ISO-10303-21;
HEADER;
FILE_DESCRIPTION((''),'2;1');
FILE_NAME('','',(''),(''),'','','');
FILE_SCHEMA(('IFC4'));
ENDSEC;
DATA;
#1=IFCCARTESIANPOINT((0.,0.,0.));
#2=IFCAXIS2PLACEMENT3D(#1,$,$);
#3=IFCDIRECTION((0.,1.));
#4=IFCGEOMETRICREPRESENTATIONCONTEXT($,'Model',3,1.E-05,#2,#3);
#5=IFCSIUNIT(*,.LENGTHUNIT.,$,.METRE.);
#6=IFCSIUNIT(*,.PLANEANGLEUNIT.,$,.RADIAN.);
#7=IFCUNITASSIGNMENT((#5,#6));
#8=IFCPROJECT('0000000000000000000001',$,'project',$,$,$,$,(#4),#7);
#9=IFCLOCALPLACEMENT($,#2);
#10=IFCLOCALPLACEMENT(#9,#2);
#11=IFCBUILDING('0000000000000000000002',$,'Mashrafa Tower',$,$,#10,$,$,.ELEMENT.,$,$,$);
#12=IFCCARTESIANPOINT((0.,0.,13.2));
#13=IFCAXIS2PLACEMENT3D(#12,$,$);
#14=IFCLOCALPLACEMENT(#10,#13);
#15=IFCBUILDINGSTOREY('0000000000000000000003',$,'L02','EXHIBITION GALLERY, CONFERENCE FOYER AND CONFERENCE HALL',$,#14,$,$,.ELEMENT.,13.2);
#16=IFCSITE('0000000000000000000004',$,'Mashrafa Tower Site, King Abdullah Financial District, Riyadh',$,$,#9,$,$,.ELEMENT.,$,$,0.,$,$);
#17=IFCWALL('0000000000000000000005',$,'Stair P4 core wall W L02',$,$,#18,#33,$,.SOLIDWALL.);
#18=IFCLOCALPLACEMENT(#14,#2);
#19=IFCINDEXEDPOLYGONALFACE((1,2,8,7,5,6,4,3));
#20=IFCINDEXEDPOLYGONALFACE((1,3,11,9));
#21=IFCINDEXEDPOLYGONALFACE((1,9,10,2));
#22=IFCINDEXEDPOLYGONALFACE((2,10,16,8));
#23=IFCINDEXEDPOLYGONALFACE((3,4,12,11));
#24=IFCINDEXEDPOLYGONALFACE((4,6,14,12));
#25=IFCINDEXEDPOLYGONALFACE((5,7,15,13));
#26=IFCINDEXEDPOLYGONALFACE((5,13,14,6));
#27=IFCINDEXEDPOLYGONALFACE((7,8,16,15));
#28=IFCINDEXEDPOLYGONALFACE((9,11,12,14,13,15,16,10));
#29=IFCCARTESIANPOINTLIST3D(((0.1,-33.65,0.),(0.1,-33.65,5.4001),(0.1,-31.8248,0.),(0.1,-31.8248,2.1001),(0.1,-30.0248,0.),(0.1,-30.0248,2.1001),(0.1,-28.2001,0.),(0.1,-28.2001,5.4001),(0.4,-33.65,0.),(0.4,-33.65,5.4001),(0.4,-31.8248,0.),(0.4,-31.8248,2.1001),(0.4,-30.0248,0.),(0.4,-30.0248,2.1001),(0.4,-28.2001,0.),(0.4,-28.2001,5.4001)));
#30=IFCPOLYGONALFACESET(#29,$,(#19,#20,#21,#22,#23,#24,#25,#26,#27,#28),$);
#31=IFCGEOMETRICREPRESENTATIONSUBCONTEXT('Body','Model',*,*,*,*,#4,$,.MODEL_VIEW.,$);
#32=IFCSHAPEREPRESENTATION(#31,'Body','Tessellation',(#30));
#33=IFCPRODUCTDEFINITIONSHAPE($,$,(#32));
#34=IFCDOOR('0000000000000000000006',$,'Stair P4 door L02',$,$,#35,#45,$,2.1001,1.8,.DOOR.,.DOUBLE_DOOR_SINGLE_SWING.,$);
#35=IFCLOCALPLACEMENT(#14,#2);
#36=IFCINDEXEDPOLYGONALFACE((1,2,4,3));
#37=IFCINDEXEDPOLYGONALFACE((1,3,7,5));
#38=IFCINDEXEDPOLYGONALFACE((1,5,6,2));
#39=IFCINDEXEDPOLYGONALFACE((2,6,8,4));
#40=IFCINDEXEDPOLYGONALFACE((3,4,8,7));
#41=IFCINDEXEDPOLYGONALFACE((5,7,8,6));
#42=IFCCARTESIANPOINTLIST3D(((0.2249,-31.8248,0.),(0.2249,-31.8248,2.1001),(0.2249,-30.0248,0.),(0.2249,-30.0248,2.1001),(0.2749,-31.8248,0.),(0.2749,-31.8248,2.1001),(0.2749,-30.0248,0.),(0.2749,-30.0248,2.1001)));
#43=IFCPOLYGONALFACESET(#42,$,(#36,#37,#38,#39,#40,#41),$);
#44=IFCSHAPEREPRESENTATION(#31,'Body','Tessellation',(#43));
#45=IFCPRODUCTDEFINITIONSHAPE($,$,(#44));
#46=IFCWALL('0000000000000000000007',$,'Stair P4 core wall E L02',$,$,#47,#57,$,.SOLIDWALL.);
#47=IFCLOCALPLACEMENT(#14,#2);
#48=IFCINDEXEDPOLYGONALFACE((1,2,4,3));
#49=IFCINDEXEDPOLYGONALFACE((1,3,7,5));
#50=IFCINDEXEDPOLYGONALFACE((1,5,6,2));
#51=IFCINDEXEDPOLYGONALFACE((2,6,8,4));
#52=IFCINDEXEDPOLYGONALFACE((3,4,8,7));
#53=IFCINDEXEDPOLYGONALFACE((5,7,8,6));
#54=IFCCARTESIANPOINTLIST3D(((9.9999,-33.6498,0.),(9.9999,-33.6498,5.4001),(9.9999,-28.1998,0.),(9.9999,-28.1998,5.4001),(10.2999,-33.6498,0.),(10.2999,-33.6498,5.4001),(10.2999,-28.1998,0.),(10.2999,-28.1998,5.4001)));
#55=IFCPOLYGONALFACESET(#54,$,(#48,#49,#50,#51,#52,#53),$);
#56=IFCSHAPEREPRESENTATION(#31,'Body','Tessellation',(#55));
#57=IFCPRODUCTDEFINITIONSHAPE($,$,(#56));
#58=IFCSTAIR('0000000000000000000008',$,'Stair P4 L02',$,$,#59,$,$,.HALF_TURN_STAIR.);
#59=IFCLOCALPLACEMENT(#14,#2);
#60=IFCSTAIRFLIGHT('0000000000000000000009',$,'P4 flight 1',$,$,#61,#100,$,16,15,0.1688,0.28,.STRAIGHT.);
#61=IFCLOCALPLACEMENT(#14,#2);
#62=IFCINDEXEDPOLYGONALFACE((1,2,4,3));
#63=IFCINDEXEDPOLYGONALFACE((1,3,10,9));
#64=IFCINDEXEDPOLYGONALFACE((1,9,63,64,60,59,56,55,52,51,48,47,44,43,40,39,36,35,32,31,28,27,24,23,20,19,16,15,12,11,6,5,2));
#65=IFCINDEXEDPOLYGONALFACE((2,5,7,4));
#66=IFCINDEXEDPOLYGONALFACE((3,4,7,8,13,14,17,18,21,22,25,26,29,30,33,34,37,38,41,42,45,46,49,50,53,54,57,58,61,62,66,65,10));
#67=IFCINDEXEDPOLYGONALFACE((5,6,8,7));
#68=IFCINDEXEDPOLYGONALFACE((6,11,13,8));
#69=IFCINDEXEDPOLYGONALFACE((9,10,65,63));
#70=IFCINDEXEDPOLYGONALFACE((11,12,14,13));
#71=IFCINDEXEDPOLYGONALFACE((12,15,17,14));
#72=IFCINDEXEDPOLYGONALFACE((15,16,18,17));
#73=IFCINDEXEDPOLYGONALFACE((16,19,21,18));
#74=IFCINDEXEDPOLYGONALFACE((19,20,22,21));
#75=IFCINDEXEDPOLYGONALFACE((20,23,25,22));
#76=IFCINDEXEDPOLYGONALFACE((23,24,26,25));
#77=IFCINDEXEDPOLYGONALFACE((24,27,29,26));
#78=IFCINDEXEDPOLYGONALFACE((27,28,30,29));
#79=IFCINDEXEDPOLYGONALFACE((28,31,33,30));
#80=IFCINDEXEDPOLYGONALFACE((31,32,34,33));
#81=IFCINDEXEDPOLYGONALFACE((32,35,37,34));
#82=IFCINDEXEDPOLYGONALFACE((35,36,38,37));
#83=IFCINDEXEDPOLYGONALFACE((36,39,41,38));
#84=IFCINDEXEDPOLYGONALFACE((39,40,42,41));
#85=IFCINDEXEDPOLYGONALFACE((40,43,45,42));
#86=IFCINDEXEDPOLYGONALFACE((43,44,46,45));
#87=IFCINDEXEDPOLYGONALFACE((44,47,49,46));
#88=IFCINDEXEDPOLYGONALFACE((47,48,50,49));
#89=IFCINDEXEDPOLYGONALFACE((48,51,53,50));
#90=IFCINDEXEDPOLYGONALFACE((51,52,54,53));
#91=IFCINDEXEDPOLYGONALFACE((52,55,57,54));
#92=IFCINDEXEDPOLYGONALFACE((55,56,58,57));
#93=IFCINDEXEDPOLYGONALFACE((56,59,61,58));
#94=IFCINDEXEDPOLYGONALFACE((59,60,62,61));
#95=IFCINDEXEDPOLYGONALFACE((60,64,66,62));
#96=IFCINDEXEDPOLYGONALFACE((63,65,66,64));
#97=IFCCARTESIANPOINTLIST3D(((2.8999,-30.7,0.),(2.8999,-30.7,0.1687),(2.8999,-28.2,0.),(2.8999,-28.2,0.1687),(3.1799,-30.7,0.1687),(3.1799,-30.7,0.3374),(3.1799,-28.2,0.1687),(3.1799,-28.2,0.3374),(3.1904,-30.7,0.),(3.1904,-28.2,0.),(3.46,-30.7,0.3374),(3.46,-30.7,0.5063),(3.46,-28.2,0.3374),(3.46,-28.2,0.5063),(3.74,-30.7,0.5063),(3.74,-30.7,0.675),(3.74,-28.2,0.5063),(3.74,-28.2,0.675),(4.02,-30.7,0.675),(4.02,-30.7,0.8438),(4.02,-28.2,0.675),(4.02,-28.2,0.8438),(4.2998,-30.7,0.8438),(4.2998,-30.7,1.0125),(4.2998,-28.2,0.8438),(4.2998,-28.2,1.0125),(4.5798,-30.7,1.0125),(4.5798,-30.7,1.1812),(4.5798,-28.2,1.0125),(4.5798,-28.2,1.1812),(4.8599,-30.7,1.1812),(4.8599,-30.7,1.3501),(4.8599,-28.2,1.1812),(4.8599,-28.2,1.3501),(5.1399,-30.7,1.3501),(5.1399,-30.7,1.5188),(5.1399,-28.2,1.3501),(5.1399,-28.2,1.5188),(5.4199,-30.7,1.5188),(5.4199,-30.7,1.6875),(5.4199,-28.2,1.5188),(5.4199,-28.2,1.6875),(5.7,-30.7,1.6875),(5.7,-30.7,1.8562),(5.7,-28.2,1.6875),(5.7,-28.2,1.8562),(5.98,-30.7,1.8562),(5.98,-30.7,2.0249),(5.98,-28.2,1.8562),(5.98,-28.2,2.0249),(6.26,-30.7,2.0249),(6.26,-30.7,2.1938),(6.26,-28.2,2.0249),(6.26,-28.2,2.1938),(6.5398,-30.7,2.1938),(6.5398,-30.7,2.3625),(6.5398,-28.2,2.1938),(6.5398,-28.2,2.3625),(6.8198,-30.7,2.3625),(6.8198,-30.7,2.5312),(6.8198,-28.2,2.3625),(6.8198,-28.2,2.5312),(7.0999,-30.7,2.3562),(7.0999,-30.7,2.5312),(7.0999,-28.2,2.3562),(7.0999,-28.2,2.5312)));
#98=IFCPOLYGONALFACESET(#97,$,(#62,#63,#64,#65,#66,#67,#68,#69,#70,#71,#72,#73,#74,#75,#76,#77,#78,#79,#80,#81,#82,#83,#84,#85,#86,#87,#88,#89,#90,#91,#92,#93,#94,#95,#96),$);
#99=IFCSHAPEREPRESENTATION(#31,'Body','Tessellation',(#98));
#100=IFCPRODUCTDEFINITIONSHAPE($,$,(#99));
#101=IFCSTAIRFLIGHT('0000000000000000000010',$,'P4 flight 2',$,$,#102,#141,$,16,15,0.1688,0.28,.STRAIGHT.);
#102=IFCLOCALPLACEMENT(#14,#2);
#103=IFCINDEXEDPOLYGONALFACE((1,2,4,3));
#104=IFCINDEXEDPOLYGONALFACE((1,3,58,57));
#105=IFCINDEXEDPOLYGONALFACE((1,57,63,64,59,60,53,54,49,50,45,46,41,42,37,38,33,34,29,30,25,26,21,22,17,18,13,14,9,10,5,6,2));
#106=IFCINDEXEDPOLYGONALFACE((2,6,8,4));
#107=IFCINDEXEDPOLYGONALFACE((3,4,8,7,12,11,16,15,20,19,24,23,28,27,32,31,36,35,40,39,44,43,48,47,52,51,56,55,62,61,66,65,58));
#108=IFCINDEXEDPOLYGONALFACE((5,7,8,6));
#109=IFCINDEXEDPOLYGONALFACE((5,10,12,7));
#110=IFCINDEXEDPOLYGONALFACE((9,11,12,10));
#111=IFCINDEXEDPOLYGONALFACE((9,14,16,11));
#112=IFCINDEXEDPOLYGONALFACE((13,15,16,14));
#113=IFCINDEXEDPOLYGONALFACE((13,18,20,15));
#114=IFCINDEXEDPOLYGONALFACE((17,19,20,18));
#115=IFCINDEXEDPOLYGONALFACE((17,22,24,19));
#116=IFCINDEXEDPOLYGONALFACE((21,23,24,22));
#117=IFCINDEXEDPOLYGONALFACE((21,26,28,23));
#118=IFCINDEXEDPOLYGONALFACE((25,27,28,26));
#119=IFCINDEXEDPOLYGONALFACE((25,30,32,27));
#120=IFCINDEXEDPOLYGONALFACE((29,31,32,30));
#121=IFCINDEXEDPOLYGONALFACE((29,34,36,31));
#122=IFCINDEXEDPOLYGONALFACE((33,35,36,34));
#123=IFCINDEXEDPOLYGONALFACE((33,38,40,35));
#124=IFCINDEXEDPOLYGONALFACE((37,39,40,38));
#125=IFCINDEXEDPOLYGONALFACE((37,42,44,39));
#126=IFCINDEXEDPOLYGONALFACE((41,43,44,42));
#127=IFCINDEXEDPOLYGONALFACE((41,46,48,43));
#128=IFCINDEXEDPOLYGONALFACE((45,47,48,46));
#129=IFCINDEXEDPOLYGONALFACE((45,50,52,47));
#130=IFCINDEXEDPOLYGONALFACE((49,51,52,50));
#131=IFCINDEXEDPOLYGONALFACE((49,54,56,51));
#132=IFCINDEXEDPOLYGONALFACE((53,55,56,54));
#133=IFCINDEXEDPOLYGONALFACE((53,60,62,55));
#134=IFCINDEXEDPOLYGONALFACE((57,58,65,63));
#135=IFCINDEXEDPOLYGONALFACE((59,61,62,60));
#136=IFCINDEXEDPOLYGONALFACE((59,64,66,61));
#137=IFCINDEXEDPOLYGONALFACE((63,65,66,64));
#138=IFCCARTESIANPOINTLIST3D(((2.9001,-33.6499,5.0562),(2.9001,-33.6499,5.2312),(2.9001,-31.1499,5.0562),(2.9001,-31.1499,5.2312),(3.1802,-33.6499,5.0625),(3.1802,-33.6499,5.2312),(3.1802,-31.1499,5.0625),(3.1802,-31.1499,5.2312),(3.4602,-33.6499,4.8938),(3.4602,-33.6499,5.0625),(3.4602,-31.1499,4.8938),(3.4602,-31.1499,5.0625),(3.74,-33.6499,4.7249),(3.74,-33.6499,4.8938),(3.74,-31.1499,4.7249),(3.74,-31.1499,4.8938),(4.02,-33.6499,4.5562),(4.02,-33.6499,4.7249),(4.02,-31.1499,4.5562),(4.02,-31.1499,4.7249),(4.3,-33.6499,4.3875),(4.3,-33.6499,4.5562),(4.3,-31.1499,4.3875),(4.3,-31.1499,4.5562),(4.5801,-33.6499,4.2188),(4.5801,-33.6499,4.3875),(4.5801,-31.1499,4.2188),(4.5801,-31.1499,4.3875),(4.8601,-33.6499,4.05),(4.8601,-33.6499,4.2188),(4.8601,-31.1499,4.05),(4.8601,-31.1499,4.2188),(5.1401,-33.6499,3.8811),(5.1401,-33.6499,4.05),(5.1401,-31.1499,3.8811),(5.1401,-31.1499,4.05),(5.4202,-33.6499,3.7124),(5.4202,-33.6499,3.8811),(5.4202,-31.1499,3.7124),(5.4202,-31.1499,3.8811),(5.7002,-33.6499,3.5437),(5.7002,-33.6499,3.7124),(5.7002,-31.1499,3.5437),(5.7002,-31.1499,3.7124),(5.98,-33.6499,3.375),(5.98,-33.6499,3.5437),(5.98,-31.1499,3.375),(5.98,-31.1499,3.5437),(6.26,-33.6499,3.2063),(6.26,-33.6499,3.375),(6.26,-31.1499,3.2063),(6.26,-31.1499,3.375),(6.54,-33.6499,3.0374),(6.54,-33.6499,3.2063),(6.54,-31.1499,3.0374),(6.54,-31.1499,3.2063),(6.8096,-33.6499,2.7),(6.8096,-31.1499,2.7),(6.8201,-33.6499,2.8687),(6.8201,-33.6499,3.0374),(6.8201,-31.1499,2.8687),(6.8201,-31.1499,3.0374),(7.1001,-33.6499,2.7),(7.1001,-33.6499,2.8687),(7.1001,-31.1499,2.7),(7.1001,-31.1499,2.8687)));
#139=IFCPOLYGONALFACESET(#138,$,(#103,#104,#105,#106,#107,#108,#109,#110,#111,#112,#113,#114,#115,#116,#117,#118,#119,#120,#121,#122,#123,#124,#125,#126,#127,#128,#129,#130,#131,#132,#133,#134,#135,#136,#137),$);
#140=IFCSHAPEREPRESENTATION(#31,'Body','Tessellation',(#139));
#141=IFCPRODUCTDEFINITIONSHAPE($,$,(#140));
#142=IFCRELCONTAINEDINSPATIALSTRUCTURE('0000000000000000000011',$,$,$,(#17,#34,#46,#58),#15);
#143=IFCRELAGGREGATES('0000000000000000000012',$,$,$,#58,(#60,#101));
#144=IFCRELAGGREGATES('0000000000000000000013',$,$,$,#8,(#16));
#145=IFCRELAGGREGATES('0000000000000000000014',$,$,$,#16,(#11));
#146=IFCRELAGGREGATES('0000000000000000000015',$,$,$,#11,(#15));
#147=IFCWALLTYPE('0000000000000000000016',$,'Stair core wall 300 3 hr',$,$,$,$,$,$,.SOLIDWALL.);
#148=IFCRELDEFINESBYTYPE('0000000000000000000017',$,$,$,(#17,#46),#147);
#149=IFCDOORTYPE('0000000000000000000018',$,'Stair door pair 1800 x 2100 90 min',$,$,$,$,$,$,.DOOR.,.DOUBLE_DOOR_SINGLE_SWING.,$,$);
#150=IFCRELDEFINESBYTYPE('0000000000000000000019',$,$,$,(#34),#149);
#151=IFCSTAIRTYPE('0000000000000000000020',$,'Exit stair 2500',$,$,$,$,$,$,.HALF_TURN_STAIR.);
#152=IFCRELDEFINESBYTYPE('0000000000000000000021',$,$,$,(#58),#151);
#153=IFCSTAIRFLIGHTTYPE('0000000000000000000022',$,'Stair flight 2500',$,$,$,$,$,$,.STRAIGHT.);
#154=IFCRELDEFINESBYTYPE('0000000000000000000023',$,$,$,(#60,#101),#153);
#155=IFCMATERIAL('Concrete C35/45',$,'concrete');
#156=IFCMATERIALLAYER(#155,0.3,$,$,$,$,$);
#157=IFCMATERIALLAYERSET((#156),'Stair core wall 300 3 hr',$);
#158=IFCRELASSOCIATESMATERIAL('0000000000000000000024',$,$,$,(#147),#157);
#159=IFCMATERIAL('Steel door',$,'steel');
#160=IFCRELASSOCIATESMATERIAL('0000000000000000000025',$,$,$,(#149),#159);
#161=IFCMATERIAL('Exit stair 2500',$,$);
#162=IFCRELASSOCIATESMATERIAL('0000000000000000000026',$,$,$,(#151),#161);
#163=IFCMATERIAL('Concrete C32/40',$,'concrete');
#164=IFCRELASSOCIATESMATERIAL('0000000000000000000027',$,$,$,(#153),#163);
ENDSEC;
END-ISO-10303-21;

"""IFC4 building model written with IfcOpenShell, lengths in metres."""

from ifc_helpers import new_model, si_unit, direction, frame, frame_2d, origin, place, context, subcontext, project, spatial, polyline, rectangle, outline, extrude, material, layer, layer_set, type_object, element, fill, aggregate, save


model = new_model("IFC4")

# Units and contexts
model_context = context("Model", 3, precision=1e-05, world=origin(), true_north=direction((0.0, 1.0)))
body_context = subcontext(model_context, "Body", "Model", "MODEL_VIEW")
ifc_project = project(units=[si_unit("LENGTHUNIT", "METRE"), si_unit("PLANEANGLEUNIT", "RADIAN")], contexts=[model_context])

# Site, building, storey
site_placement = place(None, origin())
site = spatial("IfcSite", under=ifc_project, at=site_placement, Name="Mashrafa Tower Site, King Abdullah Financial District, Riyadh", CompositionType="ELEMENT", RefElevation=0.0)
building_placement = place(site_placement, origin())
building = spatial("IfcBuilding", under=site, at=building_placement, Name="Mashrafa Tower", CompositionType="ELEMENT")
storey_placement = place(building_placement, frame((0.0, 0.0, 13.2)))
storey = spatial("IfcBuildingStorey", under=building, at=storey_placement, Name="L02", Description="EXHIBITION GALLERY, CONFERENCE FOYER AND CONFERENCE HALL", CompositionType="ELEMENT", Elevation=13.2)

# Shared definitions
ifc_material_1 = material(Name="Concrete C35/45", Category="concrete")
ifc_layer = layer(ifc_material_1, 0.3)
ifc_layer_set = layer_set([ifc_layer], Name="Stair core wall 300 3 hr")
wall_type = type_object("IfcWallType", Name="Stair core wall 300 3 hr", PredefinedType="SOLIDWALL", material=ifc_layer_set)

# Wall, opening, door
wall_1_placement = place(storey_placement, frame((0.25, -28.2, 0.0), z_axis=(0.0, 0.0, 1.0), x_axis=(0.0, -1.0, 0.0)))
wall_1 = element("IfcWall", 1, at=wall_1_placement, inside=storey, type_object=wall_type, Name="Stair P4 core wall W L02", PredefinedType="SOLIDWALL", context=body_context, shape_type="SweptSolid", body=[
    extrude(rectangle(XDim=5.45, YDim=0.3, at=frame_2d((2.7251, 0.0))), origin(), (0.0, 0.0, 1.0), 5.4001),
])
opening_placement = place(wall_1_placement, frame((1.825, 0.0, 0.0)))
opening = element("IfcOpeningElement", 2, at=opening_placement, cuts=wall_1, PredefinedType="OPENING", context=body_context, shape_type="SweptSolid", body=[
    extrude(rectangle(XDim=1.8, YDim=2.1001, at=frame_2d((0.8999, 1.05))), frame((0.0, 0.1599, 0.0), z_axis=(0.0, -1.0, 0.0), x_axis=(1.0, 0.0, 0.0)), (0.0, 0.0, 1.0), 0.3201),
])
ifc_material_2 = material(Name="Steel door", Category="steel")
door_type = type_object("IfcDoorType", Name="Stair door pair 1800 x 2100 90 min", OperationType="DOUBLE_DOOR_SINGLE_SWING", PredefinedType="DOOR", material=ifc_material_2)
door_placement = place(opening_placement, origin())
door = element("IfcDoor", 3, at=door_placement, inside=storey, type_object=door_type, Name="Stair P4 door L02", OperationType="DOUBLE_DOOR_SINGLE_SWING", OverallHeight=2.1001, OverallWidth=1.8, PredefinedType="DOOR", context=body_context, shape_type="SweptSolid", body=[
    extrude(rectangle(XDim=1.8, YDim=2.1001, at=frame_2d((0.8999, 1.05))), frame((0.0, 0.0249, 0.0), z_axis=(0.0, -1.0, 0.0), x_axis=(1.0, 0.0, 0.0)), (0.0, 0.0, 1.0), 0.05),
])
fill(opening, door)

# Wall
wall_2_placement = place(storey_placement, frame((10.1499, -33.6499, 0.0), z_axis=(0.0, 0.0, 1.0), x_axis=(0.0, 1.0, 0.0)))
element("IfcWall", 4, at=wall_2_placement, inside=storey, type_object=wall_type, Name="Stair P4 core wall E L02", PredefinedType="SOLIDWALL", context=body_context, shape_type="SweptSolid", body=[
    extrude(rectangle(XDim=5.45, YDim=0.3, at=frame_2d((2.7251, 0.0))), origin(), (0.0, 0.0, 1.0), 5.4001),
])

# Stair, stair flights
ifc_material_3 = material(Name="Exit stair 2500")
stair_type = type_object("IfcStairType", Name="Exit stair 2500", PredefinedType="HALF_TURN_STAIR", material=ifc_material_3)
stair_placement = place(storey_placement, origin())
stair = element("IfcStair", 5, at=stair_placement, inside=storey, type_object=stair_type, Name="Stair P4 L02", PredefinedType="HALF_TURN_STAIR")
ifc_material_4 = material(Name="Concrete C32/40", Category="concrete")
stair_flight_type = type_object("IfcStairFlightType", Name="Stair flight 2500", PredefinedType="STRAIGHT", material=ifc_material_4)
stair_flight_1_placement = place(storey_placement, frame((2.8999, -29.45, 0.0), z_axis=(0.0, 0.0, 1.0), x_axis=(1.0, 0.0, 0.0)))
stair_flight_1 = element("IfcStairFlight", 6, at=stair_flight_1_placement, type_object=stair_flight_type, Name="P4 flight 1", NumberOfRisers=16, NumberOfTreads=15, PredefinedType="STRAIGHT", RiserHeight=0.1688, TreadLength=0.28, context=body_context, shape_type="SweptSolid", body=[
    extrude(outline(polyline([(0.0, 0.0), (0.0, 0.1687), (0.28, 0.1687), (0.28, 0.3374), (0.5601, 0.3374), (0.5601, 0.5063), (0.8401, 0.5063), (0.8401, 0.675), (1.1201, 0.675), (1.1201, 0.8438), (1.3999, 0.8438), (1.3999, 1.0125), (1.6799, 1.0125), (1.6799, 1.1812), (1.96, 1.1812), (1.96, 1.3501), (2.24, 1.3501), (2.24, 1.5188), (2.52, 1.5188), (2.52, 1.6875), (2.8, 1.6875), (2.8, 1.8562), (3.0801, 1.8562), (3.0801, 2.0249), (3.3601, 2.0249), (3.3601, 2.1938), (3.6399, 2.1938), (3.6399, 2.3625), (3.9199, 2.3625), (3.9199, 2.5312), (4.2, 2.5312), (4.2, 2.7), (4.2, 2.3562), (0.2905, 0.0), (0.0, 0.0)])), frame((0.0, 1.25, 0.0), z_axis=(0.0, -1.0, 0.0), x_axis=(1.0, 0.0, 0.0)), (0.0, 0.0, 1.0), 2.5),
])
stair_flight_2_placement = place(storey_placement, frame((7.1001, -32.3999, 2.7), z_axis=(0.0, 0.0, 1.0), x_axis=(-1.0, 0.0, 0.0)))
stair_flight_2 = element("IfcStairFlight", 7, at=stair_flight_2_placement, type_object=stair_flight_type, Name="P4 flight 2", NumberOfRisers=16, NumberOfTreads=15, PredefinedType="STRAIGHT", RiserHeight=0.1688, TreadLength=0.28, context=body_context, shape_type="SweptSolid", body=[
    extrude(outline(polyline([(0.0, 0.0), (0.0, 0.1687), (0.28, 0.1687), (0.28, 0.3374), (0.5601, 0.3374), (0.5601, 0.5063), (0.8401, 0.5063), (0.8401, 0.675), (1.1201, 0.675), (1.1201, 0.8438), (1.3999, 0.8438), (1.3999, 1.0125), (1.6799, 1.0125), (1.6799, 1.1812), (1.96, 1.1812), (1.96, 1.3501), (2.24, 1.3501), (2.24, 1.5188), (2.52, 1.5188), (2.52, 1.6875), (2.8, 1.6875), (2.8, 1.8562), (3.0801, 1.8562), (3.0801, 2.0249), (3.3601, 2.0249), (3.3601, 2.1938), (3.6399, 2.1938), (3.6399, 2.3625), (3.9199, 2.3625), (3.9199, 2.5312), (4.2, 2.5312), (4.2, 2.7), (4.2, 2.3562), (0.2905, 0.0), (0.0, 0.0)])), frame((0.0, 1.25, 0.0), z_axis=(0.0, -1.0, 0.0), x_axis=(1.0, 0.0, 0.0)), (0.0, 0.0, 1.0), 2.5),
])
aggregate(stair, [stair_flight_1, stair_flight_2])

save(model, "model.ifc")
